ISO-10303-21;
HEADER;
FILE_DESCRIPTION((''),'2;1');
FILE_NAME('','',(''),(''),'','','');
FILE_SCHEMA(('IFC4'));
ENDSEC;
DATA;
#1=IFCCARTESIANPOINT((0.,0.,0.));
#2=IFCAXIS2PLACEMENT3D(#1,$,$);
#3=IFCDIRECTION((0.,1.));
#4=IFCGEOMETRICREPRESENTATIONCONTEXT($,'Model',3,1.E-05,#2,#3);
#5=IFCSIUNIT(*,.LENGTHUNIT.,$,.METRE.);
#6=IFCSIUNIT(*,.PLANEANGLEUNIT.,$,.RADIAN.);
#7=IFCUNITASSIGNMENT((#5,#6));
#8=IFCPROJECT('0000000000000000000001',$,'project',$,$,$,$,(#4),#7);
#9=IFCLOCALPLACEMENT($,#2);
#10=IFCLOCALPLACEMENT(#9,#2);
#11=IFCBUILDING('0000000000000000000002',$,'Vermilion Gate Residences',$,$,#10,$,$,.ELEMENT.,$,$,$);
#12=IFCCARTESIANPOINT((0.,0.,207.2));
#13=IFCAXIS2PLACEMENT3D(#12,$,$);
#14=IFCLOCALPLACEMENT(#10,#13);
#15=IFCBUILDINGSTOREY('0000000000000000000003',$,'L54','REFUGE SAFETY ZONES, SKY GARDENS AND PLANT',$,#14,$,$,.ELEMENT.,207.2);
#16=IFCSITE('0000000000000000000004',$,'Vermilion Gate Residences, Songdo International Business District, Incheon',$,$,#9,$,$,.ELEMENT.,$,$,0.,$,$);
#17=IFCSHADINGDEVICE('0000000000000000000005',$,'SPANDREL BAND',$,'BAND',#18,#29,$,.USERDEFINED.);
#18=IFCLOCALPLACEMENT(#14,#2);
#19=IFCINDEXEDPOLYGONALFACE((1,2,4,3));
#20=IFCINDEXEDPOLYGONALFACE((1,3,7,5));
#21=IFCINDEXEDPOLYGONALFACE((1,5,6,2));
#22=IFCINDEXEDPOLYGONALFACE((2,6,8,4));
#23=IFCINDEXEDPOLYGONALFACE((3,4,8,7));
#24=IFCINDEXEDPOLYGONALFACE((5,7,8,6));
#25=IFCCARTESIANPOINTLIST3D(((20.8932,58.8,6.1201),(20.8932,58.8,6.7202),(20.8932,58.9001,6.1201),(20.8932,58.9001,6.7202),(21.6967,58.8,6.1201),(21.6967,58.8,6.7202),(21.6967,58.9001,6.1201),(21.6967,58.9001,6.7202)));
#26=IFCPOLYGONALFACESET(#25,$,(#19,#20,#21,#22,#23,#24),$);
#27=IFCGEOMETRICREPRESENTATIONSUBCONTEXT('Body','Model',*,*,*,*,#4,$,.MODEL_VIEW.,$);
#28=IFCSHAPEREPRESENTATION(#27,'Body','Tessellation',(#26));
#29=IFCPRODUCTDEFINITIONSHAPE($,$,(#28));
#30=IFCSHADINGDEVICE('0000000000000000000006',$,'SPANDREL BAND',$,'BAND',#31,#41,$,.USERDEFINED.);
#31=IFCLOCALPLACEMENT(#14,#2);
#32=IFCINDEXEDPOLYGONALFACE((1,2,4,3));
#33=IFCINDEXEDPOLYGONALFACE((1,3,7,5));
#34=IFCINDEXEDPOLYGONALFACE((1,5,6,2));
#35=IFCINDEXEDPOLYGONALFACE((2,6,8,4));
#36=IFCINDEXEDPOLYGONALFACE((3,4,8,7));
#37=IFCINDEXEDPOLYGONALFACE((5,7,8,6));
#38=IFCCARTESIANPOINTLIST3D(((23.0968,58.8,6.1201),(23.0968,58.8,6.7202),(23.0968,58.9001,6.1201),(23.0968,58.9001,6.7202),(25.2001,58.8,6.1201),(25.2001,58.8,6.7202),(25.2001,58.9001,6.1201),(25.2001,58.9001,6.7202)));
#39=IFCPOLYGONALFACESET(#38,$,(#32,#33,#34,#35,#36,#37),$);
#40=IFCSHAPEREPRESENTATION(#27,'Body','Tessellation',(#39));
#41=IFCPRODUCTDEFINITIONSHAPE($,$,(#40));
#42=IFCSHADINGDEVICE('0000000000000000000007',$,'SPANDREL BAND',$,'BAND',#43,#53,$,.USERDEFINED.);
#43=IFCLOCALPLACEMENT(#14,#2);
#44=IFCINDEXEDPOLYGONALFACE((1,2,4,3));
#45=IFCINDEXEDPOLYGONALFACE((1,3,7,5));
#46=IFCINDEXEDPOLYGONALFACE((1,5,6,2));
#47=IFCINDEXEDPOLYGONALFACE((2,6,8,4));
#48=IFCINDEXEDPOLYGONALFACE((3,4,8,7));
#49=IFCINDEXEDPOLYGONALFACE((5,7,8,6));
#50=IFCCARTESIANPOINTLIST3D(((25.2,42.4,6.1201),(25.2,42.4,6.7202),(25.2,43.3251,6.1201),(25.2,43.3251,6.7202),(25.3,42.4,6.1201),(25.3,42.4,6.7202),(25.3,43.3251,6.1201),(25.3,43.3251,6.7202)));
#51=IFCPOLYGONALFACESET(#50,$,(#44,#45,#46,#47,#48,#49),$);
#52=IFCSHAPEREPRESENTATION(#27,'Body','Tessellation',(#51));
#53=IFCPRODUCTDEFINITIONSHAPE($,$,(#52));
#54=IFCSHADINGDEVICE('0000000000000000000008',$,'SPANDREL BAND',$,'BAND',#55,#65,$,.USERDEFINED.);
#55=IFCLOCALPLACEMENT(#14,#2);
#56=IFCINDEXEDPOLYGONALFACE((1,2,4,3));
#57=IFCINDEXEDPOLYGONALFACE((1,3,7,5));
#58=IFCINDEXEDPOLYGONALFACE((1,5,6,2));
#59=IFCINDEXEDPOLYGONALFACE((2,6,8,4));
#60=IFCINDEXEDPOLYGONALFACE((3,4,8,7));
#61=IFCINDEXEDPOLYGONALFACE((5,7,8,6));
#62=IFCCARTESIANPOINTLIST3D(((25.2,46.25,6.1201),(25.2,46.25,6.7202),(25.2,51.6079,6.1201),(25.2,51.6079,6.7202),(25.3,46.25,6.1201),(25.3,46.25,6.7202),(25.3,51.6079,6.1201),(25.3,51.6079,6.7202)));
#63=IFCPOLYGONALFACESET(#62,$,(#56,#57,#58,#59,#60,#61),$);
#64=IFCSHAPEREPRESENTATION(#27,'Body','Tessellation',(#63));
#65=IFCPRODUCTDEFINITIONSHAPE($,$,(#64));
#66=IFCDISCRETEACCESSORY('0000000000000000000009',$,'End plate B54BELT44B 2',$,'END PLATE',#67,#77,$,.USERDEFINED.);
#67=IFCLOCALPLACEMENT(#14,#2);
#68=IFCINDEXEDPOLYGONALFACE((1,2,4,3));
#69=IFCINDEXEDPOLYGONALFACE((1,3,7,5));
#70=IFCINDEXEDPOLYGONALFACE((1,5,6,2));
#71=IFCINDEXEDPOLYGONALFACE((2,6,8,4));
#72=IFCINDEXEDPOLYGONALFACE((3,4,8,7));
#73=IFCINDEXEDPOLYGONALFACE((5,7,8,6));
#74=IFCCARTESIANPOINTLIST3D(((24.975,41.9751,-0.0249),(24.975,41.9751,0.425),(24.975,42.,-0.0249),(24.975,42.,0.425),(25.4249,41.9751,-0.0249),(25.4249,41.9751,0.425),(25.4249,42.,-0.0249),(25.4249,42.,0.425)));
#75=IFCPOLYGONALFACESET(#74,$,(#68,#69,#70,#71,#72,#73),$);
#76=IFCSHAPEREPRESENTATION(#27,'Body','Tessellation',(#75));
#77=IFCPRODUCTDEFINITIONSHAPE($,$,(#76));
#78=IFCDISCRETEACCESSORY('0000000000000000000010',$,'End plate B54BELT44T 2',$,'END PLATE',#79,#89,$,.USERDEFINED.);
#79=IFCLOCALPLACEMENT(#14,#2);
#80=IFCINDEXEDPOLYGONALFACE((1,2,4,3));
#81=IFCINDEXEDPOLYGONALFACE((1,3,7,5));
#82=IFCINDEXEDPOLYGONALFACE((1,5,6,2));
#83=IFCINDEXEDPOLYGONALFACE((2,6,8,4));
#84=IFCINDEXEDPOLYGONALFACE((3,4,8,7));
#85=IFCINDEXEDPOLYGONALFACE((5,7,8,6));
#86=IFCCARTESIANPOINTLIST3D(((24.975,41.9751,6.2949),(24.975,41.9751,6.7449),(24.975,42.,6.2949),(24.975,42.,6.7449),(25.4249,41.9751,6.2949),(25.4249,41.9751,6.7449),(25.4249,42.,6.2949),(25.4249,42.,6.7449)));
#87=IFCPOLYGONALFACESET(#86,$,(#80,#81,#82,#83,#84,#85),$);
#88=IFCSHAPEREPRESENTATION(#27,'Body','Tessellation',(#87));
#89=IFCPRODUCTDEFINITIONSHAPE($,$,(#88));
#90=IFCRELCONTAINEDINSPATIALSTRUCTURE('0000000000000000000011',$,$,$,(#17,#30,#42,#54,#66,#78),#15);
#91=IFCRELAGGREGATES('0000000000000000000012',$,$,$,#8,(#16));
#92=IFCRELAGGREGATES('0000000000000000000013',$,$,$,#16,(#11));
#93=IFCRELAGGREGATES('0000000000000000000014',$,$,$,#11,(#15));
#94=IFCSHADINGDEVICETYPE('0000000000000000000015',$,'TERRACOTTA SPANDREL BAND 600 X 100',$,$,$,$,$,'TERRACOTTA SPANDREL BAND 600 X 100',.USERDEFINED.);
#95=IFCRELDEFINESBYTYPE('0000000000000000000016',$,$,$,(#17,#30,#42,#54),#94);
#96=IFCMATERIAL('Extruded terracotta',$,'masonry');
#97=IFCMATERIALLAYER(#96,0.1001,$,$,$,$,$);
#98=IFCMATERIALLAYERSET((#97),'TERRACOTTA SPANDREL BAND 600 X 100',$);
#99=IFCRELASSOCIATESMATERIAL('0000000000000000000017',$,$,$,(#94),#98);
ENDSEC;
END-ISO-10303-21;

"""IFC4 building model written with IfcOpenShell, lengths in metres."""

from ifc_helpers import new_model, si_unit, direction, frame, origin, origin_2d, place, context, subcontext, project, spatial, rectangle, extrude, material, layer, layer_set, type_object, element, save


model = new_model("IFC4")

# Units and contexts
model_context = context("Model", 3, precision=1e-05, world=origin(), true_north=direction((0.0, 1.0)))
body_context = subcontext(model_context, "Body", "Model", "MODEL_VIEW")
ifc_project = project(units=[si_unit("LENGTHUNIT", "METRE"), si_unit("PLANEANGLEUNIT", "RADIAN")], contexts=[model_context])

# Site, building, storey
site_placement = place(None, origin())
site = spatial("IfcSite", under=ifc_project, at=site_placement, Name="Vermilion Gate Residences, Songdo International Business District, Incheon", CompositionType="ELEMENT", RefElevation=0.0)
building_placement = place(site_placement, origin())
building = spatial("IfcBuilding", under=site, at=building_placement, Name="Vermilion Gate Residences", CompositionType="ELEMENT")
storey_placement = place(building_placement, frame((0.0, 0.0, 207.2)))
storey = spatial("IfcBuildingStorey", under=building, at=storey_placement, Name="L54", Description="REFUGE SAFETY ZONES, SKY GARDENS AND PLANT", CompositionType="ELEMENT", Elevation=207.2)

# Shading devices
ifc_material_1 = material(Name="Extruded terracotta", Category="masonry")
ifc_layer_1 = layer(ifc_material_1, 0.1001)
ifc_layer_set_1 = layer_set([ifc_layer_1], Name="TERRACOTTA SPANDREL BAND 600 X 100")
shading_device_type = type_object("IfcShadingDeviceType", Name="TERRACOTTA SPANDREL BAND 600 X 100", ElementType="TERRACOTTA SPANDREL BAND 600 X 100", PredefinedType="USERDEFINED", material=ifc_layer_set_1)
shading_device_1_placement = place(storey_placement, frame((21.2949, 58.8501, 6.1201), z_axis=(0.0, 0.0, 1.0), x_axis=(1.0, 0.0, 0.0)))
element("IfcShadingDevice", 1, at=shading_device_1_placement, inside=storey, type_object=shading_device_type, Name="SPANDREL BAND", ObjectType="BAND", PredefinedType="USERDEFINED", context=body_context, shape_type="SweptSolid", body=[
    extrude(rectangle(XDim=0.8035, YDim=0.1001, at=origin_2d()), origin(), (0.0, 0.0, 1.0), 0.6001),
])
shading_device_2_placement = place(storey_placement, frame((24.1484, 58.8501, 6.1201), z_axis=(0.0, 0.0, 1.0), x_axis=(1.0, 0.0, 0.0)))
element("IfcShadingDevice", 2, at=shading_device_2_placement, inside=storey, type_object=shading_device_type, Name="SPANDREL BAND", ObjectType="BAND", PredefinedType="USERDEFINED", context=body_context, shape_type="SweptSolid", body=[
    extrude(rectangle(XDim=2.1033, YDim=0.1001, at=origin_2d()), origin(), (0.0, 0.0, 1.0), 0.6001),
])
shading_device_3_placement = place(storey_placement, frame((25.25, 42.8625, 6.1201), z_axis=(0.0, 0.0, 1.0), x_axis=(0.0, 1.0, 0.0)))
element("IfcShadingDevice", 3, at=shading_device_3_placement, inside=storey, type_object=shading_device_type, Name="SPANDREL BAND", ObjectType="BAND", PredefinedType="USERDEFINED", context=body_context, shape_type="SweptSolid", body=[
    extrude(rectangle(XDim=0.925, YDim=0.1001, at=origin_2d()), origin(), (0.0, 0.0, 1.0), 0.6001),
])
shading_device_4_placement = place(storey_placement, frame((25.25, 48.929, 6.1201), z_axis=(0.0, 0.0, 1.0), x_axis=(0.0, 1.0, 0.0)))
element("IfcShadingDevice", 4, at=shading_device_4_placement, inside=storey, type_object=shading_device_type, Name="SPANDREL BAND", ObjectType="BAND", PredefinedType="USERDEFINED", context=body_context, shape_type="SweptSolid", body=[
    extrude(rectangle(XDim=5.3579, YDim=0.1001, at=origin_2d()), origin(), (0.0, 0.0, 1.0), 0.6001),
])

# Discrete accessories
for number, where, z_axis, x_axis, name in (
    (5, (25.2, 41.9875, -0.0249), (0.0, 0.0, 1.0), (1.0, 0.0, 0.0), "End plate B54BELT44B 2"),
    (6, (25.2, 41.9875, 6.2949), (0.0, 0.0, 1.0), (1.0, 0.0, 0.0), "End plate B54BELT44T 2"),
):
    element("IfcDiscreteAccessory", number, at=place(storey_placement, frame(where, z_axis=z_axis, x_axis=x_axis)), inside=storey, Name=name, ObjectType="END PLATE", PredefinedType="USERDEFINED", context=body_context, shape_type="SweptSolid", body=[
        extrude(rectangle(XDim=0.45, YDim=0.0249, at=origin_2d()), origin(), (0.0, 0.0, 1.0), 0.45),
    ])

save(model, "model.ifc")
